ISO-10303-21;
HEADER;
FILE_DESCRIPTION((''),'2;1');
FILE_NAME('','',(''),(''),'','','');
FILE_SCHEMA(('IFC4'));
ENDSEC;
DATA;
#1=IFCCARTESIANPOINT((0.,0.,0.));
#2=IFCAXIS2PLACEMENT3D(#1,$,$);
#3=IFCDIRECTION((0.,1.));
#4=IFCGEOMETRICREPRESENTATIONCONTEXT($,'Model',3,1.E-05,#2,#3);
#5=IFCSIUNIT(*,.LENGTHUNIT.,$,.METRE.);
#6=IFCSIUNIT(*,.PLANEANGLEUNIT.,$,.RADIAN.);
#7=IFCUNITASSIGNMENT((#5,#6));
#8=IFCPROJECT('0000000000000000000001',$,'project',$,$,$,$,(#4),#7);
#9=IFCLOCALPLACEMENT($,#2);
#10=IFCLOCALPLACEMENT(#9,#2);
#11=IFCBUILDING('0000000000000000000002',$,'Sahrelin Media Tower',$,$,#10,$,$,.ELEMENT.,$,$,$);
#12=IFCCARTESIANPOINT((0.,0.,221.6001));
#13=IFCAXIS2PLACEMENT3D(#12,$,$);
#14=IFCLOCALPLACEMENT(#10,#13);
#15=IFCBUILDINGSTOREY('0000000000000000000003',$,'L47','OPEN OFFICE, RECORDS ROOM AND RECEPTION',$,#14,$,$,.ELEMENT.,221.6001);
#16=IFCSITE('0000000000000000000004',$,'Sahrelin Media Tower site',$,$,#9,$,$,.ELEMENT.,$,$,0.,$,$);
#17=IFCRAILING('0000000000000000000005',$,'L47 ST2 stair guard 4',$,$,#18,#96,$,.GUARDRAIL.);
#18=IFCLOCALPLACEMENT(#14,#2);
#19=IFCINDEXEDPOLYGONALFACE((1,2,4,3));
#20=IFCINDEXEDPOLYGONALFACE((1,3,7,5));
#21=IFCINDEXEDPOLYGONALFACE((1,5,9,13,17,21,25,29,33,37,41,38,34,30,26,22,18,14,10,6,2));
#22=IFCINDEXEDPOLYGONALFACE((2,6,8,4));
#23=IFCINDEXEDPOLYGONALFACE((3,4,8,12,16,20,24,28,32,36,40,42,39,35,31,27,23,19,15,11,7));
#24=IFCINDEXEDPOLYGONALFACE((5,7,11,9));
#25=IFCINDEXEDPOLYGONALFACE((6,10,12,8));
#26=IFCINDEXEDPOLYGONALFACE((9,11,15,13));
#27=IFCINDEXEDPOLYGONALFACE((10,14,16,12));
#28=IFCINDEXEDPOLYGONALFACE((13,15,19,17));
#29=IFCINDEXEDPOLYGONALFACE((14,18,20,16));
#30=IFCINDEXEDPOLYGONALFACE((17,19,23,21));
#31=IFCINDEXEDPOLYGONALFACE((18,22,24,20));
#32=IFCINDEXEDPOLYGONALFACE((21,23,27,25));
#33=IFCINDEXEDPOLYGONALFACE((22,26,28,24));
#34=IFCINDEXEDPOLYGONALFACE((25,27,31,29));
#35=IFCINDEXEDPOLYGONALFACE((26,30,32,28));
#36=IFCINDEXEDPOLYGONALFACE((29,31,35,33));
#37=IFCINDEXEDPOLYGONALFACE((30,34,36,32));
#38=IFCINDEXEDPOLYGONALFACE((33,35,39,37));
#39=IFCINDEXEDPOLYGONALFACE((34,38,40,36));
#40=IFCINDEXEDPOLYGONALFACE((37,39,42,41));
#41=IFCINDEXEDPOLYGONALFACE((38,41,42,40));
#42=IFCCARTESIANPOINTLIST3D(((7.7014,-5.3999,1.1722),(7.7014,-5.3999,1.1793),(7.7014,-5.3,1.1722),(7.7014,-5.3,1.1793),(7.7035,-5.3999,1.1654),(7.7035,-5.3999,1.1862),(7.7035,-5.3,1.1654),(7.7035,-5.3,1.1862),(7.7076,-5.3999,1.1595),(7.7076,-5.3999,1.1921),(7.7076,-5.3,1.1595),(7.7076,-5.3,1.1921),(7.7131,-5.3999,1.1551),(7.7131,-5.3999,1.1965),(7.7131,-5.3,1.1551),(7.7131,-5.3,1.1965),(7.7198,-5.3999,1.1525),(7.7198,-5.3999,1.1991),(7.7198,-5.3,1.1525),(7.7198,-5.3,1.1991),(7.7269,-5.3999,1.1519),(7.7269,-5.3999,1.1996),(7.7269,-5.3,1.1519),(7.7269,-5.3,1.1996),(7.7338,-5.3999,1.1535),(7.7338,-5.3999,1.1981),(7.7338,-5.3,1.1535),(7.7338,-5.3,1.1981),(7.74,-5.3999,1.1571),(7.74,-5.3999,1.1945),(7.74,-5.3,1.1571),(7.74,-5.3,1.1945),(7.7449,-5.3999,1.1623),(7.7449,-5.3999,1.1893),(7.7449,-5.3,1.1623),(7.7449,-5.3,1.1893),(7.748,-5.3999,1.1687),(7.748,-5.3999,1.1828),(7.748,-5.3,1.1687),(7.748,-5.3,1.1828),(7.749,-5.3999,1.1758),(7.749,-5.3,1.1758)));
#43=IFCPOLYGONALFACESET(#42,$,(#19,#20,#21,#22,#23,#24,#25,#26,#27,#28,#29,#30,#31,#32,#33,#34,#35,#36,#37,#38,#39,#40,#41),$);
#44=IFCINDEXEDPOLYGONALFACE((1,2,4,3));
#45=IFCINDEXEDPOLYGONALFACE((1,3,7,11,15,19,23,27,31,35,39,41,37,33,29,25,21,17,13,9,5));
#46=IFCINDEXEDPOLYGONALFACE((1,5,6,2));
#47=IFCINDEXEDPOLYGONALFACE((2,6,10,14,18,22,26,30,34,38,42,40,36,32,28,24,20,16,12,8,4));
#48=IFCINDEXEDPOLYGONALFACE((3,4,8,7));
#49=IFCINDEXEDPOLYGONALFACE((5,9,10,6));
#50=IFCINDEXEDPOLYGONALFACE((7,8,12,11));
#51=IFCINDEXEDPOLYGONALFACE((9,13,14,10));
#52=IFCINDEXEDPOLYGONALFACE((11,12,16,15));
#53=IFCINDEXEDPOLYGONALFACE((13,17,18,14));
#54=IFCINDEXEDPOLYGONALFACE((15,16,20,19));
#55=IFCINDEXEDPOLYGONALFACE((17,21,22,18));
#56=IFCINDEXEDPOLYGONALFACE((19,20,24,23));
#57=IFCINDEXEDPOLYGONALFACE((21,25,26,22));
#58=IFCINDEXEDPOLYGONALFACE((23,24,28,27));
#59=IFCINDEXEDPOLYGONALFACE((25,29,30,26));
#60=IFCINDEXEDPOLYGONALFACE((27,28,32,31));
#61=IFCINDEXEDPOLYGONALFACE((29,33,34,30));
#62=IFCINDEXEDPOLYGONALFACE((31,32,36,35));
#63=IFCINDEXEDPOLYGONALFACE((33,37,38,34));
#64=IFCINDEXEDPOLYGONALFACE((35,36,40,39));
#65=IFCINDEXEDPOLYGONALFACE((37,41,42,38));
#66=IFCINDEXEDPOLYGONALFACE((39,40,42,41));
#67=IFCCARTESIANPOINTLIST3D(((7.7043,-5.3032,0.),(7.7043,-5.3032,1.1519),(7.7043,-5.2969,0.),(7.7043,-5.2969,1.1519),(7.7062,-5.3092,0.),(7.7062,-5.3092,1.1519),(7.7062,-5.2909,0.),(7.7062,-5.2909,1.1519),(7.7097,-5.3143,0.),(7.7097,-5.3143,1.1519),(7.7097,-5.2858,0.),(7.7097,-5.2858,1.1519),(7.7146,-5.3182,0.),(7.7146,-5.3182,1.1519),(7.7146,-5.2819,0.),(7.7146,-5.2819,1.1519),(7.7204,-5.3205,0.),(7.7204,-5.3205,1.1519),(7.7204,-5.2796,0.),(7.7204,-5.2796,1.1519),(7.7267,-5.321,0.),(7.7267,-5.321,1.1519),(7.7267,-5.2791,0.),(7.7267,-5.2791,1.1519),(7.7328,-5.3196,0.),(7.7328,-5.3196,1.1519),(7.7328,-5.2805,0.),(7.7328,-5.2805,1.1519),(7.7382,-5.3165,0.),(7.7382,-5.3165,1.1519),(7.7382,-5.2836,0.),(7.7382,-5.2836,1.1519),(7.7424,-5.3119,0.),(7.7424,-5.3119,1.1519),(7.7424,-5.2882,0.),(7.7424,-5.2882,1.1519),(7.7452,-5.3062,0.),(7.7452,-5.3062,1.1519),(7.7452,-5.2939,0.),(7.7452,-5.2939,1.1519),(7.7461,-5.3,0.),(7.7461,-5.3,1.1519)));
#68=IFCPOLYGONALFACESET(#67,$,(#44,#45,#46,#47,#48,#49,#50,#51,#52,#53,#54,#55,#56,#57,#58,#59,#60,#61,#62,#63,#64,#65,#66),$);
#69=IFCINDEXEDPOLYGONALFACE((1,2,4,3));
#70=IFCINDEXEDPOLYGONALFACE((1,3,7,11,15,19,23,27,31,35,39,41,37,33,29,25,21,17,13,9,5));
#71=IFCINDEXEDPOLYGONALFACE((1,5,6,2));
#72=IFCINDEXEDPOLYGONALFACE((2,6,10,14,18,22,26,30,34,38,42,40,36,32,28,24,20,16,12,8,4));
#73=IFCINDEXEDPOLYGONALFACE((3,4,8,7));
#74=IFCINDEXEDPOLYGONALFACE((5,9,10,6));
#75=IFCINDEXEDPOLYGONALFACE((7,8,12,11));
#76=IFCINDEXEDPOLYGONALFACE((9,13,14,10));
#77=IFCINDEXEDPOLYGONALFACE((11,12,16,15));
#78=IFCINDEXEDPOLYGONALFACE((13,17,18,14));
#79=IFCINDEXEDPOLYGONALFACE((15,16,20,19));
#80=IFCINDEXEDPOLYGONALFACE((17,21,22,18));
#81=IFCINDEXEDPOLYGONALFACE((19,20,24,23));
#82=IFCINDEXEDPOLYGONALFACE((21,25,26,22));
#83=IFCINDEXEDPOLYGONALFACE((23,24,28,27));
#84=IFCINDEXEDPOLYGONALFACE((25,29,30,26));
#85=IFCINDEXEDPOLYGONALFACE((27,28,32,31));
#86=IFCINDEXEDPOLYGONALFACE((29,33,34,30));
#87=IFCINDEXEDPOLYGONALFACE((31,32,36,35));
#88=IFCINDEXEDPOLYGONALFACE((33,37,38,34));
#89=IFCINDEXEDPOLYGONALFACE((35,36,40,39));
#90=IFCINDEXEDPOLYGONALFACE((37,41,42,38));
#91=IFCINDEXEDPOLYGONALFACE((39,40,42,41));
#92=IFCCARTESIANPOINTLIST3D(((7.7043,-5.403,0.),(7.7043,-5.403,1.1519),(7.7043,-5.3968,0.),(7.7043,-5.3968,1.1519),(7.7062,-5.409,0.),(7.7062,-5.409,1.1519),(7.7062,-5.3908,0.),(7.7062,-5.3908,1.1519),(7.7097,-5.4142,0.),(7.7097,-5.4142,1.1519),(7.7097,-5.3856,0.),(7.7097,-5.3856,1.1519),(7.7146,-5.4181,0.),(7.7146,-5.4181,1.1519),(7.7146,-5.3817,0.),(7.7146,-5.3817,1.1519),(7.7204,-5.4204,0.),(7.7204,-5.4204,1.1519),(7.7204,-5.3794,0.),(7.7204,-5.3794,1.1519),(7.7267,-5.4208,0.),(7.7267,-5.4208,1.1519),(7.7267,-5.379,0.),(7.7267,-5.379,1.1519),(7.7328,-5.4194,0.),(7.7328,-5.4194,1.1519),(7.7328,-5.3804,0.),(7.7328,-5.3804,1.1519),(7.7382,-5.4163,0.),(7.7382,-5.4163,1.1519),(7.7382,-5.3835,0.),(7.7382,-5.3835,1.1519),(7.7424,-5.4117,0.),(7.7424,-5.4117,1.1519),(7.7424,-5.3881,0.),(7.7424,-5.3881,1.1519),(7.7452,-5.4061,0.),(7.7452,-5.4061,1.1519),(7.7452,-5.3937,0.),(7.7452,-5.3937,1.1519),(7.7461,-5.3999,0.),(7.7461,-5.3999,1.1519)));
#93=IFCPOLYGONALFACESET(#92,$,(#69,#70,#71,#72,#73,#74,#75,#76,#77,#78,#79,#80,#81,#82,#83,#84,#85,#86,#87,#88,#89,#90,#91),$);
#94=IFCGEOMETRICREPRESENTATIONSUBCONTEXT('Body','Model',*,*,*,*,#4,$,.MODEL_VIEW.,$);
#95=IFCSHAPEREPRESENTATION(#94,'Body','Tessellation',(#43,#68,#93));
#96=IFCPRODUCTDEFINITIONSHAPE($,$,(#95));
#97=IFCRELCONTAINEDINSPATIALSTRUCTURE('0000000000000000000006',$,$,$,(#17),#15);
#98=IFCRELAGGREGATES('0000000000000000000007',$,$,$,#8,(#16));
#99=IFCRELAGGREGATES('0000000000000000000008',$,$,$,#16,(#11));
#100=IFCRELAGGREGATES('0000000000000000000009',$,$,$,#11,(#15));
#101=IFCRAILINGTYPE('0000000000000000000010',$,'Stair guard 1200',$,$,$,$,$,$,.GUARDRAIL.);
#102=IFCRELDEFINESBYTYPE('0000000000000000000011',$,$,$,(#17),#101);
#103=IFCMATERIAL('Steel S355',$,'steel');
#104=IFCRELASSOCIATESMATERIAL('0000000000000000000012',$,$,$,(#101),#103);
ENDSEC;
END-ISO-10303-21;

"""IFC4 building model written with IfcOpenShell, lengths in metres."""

from ifc_helpers import new_model, si_unit, direction, frame, origin, origin_2d, place, context, subcontext, project, spatial, circle, extrude, material, type_object, element, save


model = new_model("IFC4")

# Units and contexts
model_context = context("Model", 3, precision=1e-05, world=origin(), true_north=direction((0.0, 1.0)))
body_context = subcontext(model_context, "Body", "Model", "MODEL_VIEW")
ifc_project = project(units=[si_unit("LENGTHUNIT", "METRE"), si_unit("PLANEANGLEUNIT", "RADIAN")], contexts=[model_context])

# Site, building, storey
site_placement = place(None, origin())
site = spatial("IfcSite", under=ifc_project, at=site_placement, Name="Sahrelin Media Tower site", CompositionType="ELEMENT", RefElevation=0.0)
building_placement = place(site_placement, origin())
building = spatial("IfcBuilding", under=site, at=building_placement, Name="Sahrelin Media Tower", CompositionType="ELEMENT")
storey_placement = place(building_placement, frame((0.0, 0.0, 221.6001)))
storey = spatial("IfcBuildingStorey", under=building, at=storey_placement, Name="L47", Description="OPEN OFFICE, RECORDS ROOM AND RECEPTION", CompositionType="ELEMENT", Elevation=221.6001)

# Shared definitions
ifc_material_1 = material(Name="Steel S355", Category="steel")

# Railing
railing_type_1 = type_object("IfcRailingType", Name="Stair guard 1200", PredefinedType="GUARDRAIL", material=ifc_material_1)
railing_1_placement = place(storey_placement, frame((7.7251, -5.3, 0.0)))
element("IfcRailing", 1, at=railing_1_placement, inside=storey, type_object=railing_type_1, Name="L47 ST2 stair guard 4", PredefinedType="GUARDRAIL", context=body_context, shape_type="SweptSolid", body=[
    extrude(circle(Radius=0.0239, at=origin_2d()), frame((0.0, 0.0, 1.1758), z_axis=(0.0, -1.0, 0.0), x_axis=(1.0, 0.0, 0.0)), (0.0, 0.0, 1.0), 0.0999),
    extrude(circle(Radius=0.021, at=origin_2d()), origin(), (0.0, 0.0, 1.0), 1.1519),
    extrude(circle(Radius=0.021, at=origin_2d()), frame((0.0, -0.0999, 0.0)), (0.0, 0.0, 1.0), 1.1519),
])

save(model, "model.ifc")
